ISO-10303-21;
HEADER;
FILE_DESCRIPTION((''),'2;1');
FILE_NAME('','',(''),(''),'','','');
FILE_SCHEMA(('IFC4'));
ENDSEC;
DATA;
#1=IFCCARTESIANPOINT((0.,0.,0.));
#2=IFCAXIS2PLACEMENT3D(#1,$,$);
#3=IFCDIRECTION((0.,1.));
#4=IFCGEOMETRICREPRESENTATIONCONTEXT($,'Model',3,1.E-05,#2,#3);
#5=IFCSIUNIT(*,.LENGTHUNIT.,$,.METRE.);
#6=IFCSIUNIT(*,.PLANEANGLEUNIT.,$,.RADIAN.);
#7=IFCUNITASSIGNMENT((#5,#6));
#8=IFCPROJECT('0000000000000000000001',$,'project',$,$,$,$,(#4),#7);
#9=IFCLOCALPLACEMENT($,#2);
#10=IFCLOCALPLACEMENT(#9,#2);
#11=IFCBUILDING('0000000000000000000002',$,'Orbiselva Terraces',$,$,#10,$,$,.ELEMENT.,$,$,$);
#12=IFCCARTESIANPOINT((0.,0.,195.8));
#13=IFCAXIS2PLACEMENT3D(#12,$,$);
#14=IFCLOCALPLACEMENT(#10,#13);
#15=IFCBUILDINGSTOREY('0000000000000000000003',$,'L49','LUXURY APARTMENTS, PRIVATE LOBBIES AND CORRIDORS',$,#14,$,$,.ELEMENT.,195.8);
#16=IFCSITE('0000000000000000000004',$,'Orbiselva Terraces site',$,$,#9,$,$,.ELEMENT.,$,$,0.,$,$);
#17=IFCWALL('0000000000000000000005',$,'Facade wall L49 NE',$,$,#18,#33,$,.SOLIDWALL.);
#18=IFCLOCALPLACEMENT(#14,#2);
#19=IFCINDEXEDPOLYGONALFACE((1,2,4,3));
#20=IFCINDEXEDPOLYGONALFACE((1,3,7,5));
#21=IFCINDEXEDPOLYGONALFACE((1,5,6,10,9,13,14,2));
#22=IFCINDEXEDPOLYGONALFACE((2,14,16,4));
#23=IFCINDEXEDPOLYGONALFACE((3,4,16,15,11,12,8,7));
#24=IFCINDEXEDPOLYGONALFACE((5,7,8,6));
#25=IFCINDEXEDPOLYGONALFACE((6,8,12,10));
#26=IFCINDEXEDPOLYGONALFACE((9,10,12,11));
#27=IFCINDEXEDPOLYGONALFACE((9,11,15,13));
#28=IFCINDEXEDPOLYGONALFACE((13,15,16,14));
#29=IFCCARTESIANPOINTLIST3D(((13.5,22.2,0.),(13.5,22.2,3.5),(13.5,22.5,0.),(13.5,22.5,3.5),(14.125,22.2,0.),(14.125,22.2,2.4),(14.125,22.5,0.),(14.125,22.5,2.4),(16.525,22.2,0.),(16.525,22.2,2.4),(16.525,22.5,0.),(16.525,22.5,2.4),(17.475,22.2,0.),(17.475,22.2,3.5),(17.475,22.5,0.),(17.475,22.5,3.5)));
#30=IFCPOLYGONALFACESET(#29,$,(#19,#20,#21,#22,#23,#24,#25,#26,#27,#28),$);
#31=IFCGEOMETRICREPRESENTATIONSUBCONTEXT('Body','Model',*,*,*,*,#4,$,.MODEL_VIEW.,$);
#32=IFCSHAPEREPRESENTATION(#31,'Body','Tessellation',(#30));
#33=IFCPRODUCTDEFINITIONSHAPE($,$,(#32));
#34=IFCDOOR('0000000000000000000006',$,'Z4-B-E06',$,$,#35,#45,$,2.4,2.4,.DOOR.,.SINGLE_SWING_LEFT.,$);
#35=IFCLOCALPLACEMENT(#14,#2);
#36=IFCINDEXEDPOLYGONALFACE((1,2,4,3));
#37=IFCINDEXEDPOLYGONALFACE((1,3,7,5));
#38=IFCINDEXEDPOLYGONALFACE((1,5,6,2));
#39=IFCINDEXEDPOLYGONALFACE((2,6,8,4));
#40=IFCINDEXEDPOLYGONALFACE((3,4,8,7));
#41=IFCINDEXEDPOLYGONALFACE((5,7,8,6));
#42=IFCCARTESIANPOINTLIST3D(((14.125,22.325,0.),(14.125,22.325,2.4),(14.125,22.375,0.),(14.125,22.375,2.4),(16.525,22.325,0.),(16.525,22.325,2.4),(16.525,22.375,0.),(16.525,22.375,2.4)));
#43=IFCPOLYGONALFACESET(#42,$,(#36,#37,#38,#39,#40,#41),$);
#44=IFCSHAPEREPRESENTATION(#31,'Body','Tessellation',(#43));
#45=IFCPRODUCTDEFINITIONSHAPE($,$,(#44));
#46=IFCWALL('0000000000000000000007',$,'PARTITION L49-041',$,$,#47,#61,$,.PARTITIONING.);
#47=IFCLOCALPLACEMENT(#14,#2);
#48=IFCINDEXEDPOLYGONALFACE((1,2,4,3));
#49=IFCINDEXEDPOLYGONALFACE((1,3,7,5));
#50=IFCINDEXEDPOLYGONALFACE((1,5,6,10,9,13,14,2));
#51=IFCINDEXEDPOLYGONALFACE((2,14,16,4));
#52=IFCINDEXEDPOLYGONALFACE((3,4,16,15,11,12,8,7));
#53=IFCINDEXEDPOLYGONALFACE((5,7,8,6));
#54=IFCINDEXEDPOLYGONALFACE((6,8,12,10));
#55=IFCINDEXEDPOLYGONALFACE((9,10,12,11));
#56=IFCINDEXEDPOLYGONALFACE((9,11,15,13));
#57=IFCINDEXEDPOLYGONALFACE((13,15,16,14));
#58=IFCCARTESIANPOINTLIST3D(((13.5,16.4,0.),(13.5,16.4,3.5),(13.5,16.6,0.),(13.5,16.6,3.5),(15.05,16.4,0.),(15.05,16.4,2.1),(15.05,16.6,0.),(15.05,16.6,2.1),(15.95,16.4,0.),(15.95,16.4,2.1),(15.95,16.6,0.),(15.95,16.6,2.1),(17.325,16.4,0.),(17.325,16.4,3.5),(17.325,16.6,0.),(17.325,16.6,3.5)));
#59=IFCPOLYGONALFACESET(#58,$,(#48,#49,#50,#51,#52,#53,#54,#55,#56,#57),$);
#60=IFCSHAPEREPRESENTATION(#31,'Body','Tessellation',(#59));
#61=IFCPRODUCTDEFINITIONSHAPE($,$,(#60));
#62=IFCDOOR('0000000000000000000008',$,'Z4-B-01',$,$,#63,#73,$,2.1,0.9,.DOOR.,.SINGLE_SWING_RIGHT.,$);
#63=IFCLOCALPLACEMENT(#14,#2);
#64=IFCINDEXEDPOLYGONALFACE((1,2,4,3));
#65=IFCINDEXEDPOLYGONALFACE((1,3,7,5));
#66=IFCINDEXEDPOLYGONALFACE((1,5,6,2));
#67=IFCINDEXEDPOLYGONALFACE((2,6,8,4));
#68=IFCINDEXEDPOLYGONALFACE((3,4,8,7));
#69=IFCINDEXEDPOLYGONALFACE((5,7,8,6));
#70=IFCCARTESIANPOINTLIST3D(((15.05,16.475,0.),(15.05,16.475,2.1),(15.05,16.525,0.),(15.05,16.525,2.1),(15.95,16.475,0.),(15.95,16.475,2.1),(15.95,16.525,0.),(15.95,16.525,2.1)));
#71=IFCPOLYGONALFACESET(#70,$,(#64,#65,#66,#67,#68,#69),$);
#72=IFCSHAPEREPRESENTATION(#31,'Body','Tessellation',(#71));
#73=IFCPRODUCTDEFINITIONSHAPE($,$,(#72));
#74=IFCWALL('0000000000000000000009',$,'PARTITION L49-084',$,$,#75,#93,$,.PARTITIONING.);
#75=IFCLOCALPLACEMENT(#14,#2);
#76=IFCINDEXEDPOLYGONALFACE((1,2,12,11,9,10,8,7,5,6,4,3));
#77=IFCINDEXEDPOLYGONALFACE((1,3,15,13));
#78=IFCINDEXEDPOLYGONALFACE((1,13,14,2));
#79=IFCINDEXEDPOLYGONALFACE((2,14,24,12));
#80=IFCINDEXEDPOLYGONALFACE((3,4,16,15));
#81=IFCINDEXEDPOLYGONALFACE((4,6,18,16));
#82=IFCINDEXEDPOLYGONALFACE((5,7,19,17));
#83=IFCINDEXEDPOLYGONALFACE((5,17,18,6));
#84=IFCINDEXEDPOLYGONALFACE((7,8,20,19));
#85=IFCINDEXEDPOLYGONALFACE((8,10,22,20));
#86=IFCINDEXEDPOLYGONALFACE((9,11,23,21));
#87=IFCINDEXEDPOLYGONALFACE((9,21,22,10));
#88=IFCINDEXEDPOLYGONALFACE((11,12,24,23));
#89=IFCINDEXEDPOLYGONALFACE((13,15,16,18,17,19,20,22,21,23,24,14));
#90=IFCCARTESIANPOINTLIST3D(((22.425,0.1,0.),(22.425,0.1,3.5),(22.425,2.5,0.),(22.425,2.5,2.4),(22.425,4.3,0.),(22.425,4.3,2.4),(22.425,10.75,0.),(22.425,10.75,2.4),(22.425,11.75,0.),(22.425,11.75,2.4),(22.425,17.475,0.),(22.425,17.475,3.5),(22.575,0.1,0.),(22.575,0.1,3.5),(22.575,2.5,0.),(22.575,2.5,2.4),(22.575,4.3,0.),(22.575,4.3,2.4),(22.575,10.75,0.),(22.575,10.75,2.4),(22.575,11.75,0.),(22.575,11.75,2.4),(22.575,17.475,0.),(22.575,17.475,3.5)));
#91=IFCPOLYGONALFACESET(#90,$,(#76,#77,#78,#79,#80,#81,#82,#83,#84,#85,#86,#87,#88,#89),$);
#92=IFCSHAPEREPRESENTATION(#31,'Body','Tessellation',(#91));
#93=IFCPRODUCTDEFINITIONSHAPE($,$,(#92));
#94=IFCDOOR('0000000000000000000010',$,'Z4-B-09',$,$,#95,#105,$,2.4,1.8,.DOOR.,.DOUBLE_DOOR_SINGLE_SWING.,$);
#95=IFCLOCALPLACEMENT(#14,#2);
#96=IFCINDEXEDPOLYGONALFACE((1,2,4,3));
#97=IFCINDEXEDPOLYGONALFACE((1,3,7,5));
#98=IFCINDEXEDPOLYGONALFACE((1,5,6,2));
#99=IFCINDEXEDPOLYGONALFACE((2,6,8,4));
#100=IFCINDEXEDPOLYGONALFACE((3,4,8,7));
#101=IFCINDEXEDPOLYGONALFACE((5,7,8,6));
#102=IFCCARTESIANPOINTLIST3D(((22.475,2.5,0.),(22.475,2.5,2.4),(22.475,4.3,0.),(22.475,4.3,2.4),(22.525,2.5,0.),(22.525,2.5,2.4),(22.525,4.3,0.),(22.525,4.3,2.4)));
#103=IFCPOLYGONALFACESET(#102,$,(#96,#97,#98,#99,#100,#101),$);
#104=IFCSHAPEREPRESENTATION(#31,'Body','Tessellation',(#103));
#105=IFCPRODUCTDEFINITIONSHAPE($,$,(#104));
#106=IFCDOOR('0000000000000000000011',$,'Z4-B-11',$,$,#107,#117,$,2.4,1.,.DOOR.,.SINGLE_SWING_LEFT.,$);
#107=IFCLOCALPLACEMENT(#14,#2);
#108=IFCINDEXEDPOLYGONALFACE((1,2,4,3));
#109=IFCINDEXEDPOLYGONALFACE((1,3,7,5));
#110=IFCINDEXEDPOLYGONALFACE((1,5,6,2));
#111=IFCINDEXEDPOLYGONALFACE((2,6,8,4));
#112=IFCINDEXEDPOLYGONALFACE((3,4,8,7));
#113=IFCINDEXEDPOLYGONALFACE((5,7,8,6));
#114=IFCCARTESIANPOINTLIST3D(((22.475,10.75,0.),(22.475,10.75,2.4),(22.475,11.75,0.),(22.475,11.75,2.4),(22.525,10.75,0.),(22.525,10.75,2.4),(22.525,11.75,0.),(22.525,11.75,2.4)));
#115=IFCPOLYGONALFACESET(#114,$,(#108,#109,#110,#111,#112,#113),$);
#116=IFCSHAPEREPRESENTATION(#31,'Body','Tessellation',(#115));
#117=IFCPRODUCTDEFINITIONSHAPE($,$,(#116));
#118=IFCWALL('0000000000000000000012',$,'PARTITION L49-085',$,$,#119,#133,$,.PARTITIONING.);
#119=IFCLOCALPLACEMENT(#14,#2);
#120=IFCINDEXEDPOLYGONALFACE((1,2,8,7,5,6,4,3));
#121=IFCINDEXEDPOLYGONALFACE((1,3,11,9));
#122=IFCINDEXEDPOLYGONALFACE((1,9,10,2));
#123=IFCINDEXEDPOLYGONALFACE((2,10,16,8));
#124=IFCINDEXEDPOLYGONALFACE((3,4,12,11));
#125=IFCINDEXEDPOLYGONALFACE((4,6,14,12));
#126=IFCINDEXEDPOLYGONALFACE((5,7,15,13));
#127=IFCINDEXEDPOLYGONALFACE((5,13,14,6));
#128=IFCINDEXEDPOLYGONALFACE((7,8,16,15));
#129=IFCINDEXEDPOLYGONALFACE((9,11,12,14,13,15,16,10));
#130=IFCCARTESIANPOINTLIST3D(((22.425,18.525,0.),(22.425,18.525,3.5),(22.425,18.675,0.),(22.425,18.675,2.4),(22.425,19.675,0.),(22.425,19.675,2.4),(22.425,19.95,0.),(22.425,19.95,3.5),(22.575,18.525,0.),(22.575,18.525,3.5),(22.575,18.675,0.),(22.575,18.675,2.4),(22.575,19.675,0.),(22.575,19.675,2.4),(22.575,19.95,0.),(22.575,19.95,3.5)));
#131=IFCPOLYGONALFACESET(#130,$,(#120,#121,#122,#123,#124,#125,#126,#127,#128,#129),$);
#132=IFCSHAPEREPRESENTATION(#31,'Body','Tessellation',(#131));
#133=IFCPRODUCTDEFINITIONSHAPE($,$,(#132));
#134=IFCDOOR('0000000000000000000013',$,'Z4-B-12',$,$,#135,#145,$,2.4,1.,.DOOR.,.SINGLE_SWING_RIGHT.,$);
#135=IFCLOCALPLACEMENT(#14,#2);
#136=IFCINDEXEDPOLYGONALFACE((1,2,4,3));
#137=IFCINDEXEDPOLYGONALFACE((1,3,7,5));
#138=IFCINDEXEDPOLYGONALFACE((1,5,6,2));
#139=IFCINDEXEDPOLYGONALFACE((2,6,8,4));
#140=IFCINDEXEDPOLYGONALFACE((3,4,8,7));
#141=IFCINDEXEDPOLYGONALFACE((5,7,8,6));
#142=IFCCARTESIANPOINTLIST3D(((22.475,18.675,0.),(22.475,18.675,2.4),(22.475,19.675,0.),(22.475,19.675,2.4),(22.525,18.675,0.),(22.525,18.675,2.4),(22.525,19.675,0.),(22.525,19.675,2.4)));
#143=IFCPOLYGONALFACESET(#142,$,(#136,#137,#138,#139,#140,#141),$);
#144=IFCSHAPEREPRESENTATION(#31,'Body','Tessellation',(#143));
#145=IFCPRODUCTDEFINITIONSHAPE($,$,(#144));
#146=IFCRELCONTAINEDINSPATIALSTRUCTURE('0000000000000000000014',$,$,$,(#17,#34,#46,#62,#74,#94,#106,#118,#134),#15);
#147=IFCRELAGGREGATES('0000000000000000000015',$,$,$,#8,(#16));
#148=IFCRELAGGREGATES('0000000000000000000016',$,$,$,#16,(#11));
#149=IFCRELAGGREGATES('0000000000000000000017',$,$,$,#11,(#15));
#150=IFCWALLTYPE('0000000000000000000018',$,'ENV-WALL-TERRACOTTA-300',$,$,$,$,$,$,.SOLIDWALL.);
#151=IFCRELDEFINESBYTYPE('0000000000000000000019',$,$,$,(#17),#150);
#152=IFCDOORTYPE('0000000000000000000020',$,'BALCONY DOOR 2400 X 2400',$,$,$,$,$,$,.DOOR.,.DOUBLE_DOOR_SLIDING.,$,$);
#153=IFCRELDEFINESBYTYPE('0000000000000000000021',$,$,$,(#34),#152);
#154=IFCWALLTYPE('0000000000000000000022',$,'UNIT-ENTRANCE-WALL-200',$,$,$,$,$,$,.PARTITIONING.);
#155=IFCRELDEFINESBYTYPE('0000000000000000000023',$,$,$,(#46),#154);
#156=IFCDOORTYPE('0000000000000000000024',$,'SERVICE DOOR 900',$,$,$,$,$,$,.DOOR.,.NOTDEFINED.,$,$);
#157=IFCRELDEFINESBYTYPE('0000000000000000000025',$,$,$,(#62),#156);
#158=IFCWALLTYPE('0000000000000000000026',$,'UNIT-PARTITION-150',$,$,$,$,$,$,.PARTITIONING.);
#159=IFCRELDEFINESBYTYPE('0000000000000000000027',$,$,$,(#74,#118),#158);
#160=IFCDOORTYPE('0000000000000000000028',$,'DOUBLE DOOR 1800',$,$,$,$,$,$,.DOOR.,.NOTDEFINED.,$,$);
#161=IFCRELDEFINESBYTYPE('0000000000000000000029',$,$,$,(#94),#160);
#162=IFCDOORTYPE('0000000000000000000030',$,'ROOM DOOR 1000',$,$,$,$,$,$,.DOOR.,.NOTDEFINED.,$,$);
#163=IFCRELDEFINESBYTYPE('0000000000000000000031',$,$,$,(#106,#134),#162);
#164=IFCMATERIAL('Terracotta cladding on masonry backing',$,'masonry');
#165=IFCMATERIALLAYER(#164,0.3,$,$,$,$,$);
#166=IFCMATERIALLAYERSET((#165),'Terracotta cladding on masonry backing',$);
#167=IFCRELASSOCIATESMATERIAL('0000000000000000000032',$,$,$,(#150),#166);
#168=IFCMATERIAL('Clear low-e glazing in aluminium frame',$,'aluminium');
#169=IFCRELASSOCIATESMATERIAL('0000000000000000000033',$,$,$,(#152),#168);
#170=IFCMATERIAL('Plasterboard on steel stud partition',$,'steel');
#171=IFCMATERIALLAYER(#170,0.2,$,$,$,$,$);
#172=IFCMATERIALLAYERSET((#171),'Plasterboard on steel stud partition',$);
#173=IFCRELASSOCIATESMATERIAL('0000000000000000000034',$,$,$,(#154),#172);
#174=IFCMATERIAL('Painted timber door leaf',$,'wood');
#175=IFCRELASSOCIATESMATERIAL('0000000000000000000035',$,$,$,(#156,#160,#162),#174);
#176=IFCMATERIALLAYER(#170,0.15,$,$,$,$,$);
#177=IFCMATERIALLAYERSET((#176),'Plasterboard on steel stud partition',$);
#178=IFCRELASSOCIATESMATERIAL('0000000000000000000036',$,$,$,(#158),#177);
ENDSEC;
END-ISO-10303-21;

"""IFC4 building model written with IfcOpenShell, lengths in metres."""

from ifc_helpers import new_model, si_unit, direction, frame, frame_2d, origin, place, context, subcontext, project, spatial, rectangle, extrude, material, layer, layer_set, type_object, element, fill, save


model = new_model("IFC4")

# Units and contexts
model_context = context("Model", 3, precision=1e-05, world=origin(), true_north=direction((0.0, 1.0)))
body_context = subcontext(model_context, "Body", "Model", "MODEL_VIEW")
ifc_project = project(units=[si_unit("LENGTHUNIT", "METRE"), si_unit("PLANEANGLEUNIT", "RADIAN")], contexts=[model_context])

# Site, building, storey
site_placement = place(None, origin())
site = spatial("IfcSite", under=ifc_project, at=site_placement, Name="Orbiselva Terraces site", CompositionType="ELEMENT", RefElevation=0.0)
building_placement = place(site_placement, origin())
building = spatial("IfcBuilding", under=site, at=building_placement, Name="Orbiselva Terraces", CompositionType="ELEMENT")
storey_placement = place(building_placement, frame((0.0, 0.0, 195.8)))
storey = spatial("IfcBuildingStorey", under=building, at=storey_placement, Name="L49", Description="LUXURY APARTMENTS, PRIVATE LOBBIES AND CORRIDORS", CompositionType="ELEMENT", Elevation=195.8)

# Shared definitions
ifc_material_1 = material(Name="Terracotta cladding on masonry backing", Category="masonry")
ifc_layer_1 = layer(ifc_material_1, 0.3)
ifc_layer_set_1 = layer_set([ifc_layer_1], Name="Terracotta cladding on masonry backing")
wall_type_1 = type_object("IfcWallType", Name="ENV-WALL-TERRACOTTA-300", PredefinedType="SOLIDWALL", material=ifc_layer_set_1)
ifc_material_2 = material(Name="Clear low-e glazing in aluminium frame", Category="aluminium")

# Walls, openings, doors
wall_1_placement = place(storey_placement, frame((13.5, 22.35, 0.0), z_axis=(0.0, 0.0, 1.0), x_axis=(1.0, 0.0, 0.0)))
wall_1 = element("IfcWall", 1, at=wall_1_placement, inside=storey, type_object=wall_type_1, Name="Facade wall L49 NE", PredefinedType="SOLIDWALL", context=body_context, shape_type="SweptSolid", body=[
    extrude(rectangle(XDim=3.975, YDim=0.3, at=frame_2d((1.9875, 0.0))), origin(), (0.0, 0.0, 1.0), 3.5),
])
opening_1_placement = place(wall_1_placement, frame((0.625, 0.0, 0.0)))
opening_1 = element("IfcOpeningElement", 2, at=opening_1_placement, cuts=wall_1, PredefinedType="OPENING", context=body_context, shape_type="SweptSolid", body=[
    extrude(rectangle(XDim=2.4, YDim=2.4, at=frame_2d((1.2, 1.2))), frame((0.0, 0.16, 0.0), z_axis=(0.0, -1.0, 0.0), x_axis=(1.0, 0.0, 0.0)), (0.0, 0.0, 1.0), 0.32),
])
door_type_1 = type_object("IfcDoorType", Name="BALCONY DOOR 2400 X 2400", OperationType="DOUBLE_DOOR_SLIDING", PredefinedType="DOOR", material=ifc_material_2)
door_1_placement = place(opening_1_placement, origin())
door_1 = element("IfcDoor", 3, at=door_1_placement, inside=storey, type_object=door_type_1, Name="Z4-B-E06", OperationType="SINGLE_SWING_LEFT", OverallHeight=2.4, OverallWidth=2.4, PredefinedType="DOOR", context=body_context, shape_type="SweptSolid", body=[
    extrude(rectangle(XDim=2.4, YDim=2.4, at=frame_2d((1.2, 1.2))), frame((0.0, 0.025, 0.0), z_axis=(0.0, -1.0, 0.0), x_axis=(1.0, 0.0, 0.0)), (0.0, 0.0, 1.0), 0.05),
])
fill(opening_1, door_1)
ifc_material_3 = material(Name="Plasterboard on steel stud partition", Category="steel")
ifc_layer_2 = layer(ifc_material_3, 0.2)
ifc_layer_set_2 = layer_set([ifc_layer_2], Name="Plasterboard on steel stud partition")
wall_type_2 = type_object("IfcWallType", Name="UNIT-ENTRANCE-WALL-200", PredefinedType="PARTITIONING", material=ifc_layer_set_2)
wall_2_placement = place(storey_placement, frame((13.5, 16.5, 0.0), z_axis=(0.0, 0.0, 1.0), x_axis=(1.0, 0.0, 0.0)))
wall_2 = element("IfcWall", 4, at=wall_2_placement, inside=storey, type_object=wall_type_2, Name="PARTITION L49-041", PredefinedType="PARTITIONING", context=body_context, shape_type="SweptSolid", body=[
    extrude(rectangle(XDim=3.825, YDim=0.2, at=frame_2d((1.9125, 0.0))), origin(), (0.0, 0.0, 1.0), 3.5),
])
opening_2_placement = place(wall_2_placement, frame((1.55, 0.0, 0.0)))
opening_2 = element("IfcOpeningElement", 5, at=opening_2_placement, cuts=wall_2, PredefinedType="OPENING", context=body_context, shape_type="SweptSolid", body=[
    extrude(rectangle(XDim=0.9, YDim=2.1, at=frame_2d((0.45, 1.05))), frame((0.0, 0.11, 0.0), z_axis=(0.0, -1.0, 0.0), x_axis=(1.0, 0.0, 0.0)), (0.0, 0.0, 1.0), 0.22),
])
ifc_material_4 = material(Name="Painted timber door leaf", Category="wood")
door_type_2 = type_object("IfcDoorType", Name="SERVICE DOOR 900", OperationType="NOTDEFINED", PredefinedType="DOOR", material=ifc_material_4)
door_2_placement = place(opening_2_placement, origin())
door_2 = element("IfcDoor", 6, at=door_2_placement, inside=storey, type_object=door_type_2, Name="Z4-B-01", OperationType="SINGLE_SWING_RIGHT", OverallHeight=2.1, OverallWidth=0.9, PredefinedType="DOOR", context=body_context, shape_type="SweptSolid", body=[
    extrude(rectangle(XDim=0.9, YDim=2.1, at=frame_2d((0.45, 1.05))), frame((0.0, 0.025, 0.0), z_axis=(0.0, -1.0, 0.0), x_axis=(1.0, 0.0, 0.0)), (0.0, 0.0, 1.0), 0.05),
])
fill(opening_2, door_2)

# Wall, openings, doors
ifc_layer_3 = layer(ifc_material_3, 0.15)
ifc_layer_set_3 = layer_set([ifc_layer_3], Name="Plasterboard on steel stud partition")
wall_type_3 = type_object("IfcWallType", Name="UNIT-PARTITION-150", PredefinedType="PARTITIONING", material=ifc_layer_set_3)
wall_3_placement = place(storey_placement, frame((22.5, 17.475, 0.0), z_axis=(0.0, 0.0, 1.0), x_axis=(0.0, -1.0, 0.0)))
wall_3 = element("IfcWall", 7, at=wall_3_placement, inside=storey, type_object=wall_type_3, Name="PARTITION L49-084", PredefinedType="PARTITIONING", context=body_context, shape_type="SweptSolid", body=[
    extrude(rectangle(XDim=17.375, YDim=0.15, at=frame_2d((8.6875, 0.0))), origin(), (0.0, 0.0, 1.0), 3.5),
])
opening_3_placement = place(wall_3_placement, frame((13.175, 0.0, 0.0)))
opening_3 = element("IfcOpeningElement", 8, at=opening_3_placement, cuts=wall_3, PredefinedType="OPENING", context=body_context, shape_type="SweptSolid", body=[
    extrude(rectangle(XDim=1.8, YDim=2.4, at=frame_2d((0.9, 1.2))), frame((0.0, 0.085, 0.0), z_axis=(0.0, -1.0, 0.0), x_axis=(1.0, 0.0, 0.0)), (0.0, 0.0, 1.0), 0.17),
])
opening_4_placement = place(wall_3_placement, frame((5.725, 0.0, 0.0)))
opening_4 = element("IfcOpeningElement", 9, at=opening_4_placement, cuts=wall_3, PredefinedType="OPENING", context=body_context, shape_type="SweptSolid", body=[
    extrude(rectangle(XDim=1.0, YDim=2.4, at=frame_2d((0.5, 1.2))), frame((0.0, 0.085, 0.0), z_axis=(0.0, -1.0, 0.0), x_axis=(1.0, 0.0, 0.0)), (0.0, 0.0, 1.0), 0.17),
])
door_type_3 = type_object("IfcDoorType", Name="DOUBLE DOOR 1800", OperationType="NOTDEFINED", PredefinedType="DOOR", material=ifc_material_4)
door_3_placement = place(opening_3_placement, origin())
door_3 = element("IfcDoor", 10, at=door_3_placement, inside=storey, type_object=door_type_3, Name="Z4-B-09", OperationType="DOUBLE_DOOR_SINGLE_SWING", OverallHeight=2.4, OverallWidth=1.8, PredefinedType="DOOR", context=body_context, shape_type="SweptSolid", body=[
    extrude(rectangle(XDim=1.8, YDim=2.4, at=frame_2d((0.9, 1.2))), frame((0.0, 0.025, 0.0), z_axis=(0.0, -1.0, 0.0), x_axis=(1.0, 0.0, 0.0)), (0.0, 0.0, 1.0), 0.05),
])
fill(opening_3, door_3)
door_type_4 = type_object("IfcDoorType", Name="ROOM DOOR 1000", OperationType="NOTDEFINED", PredefinedType="DOOR", material=ifc_material_4)
door_4_placement = place(opening_4_placement, origin())
door_4 = element("IfcDoor", 11, at=door_4_placement, inside=storey, type_object=door_type_4, Name="Z4-B-11", OperationType="SINGLE_SWING_LEFT", OverallHeight=2.4, OverallWidth=1.0, PredefinedType="DOOR", context=body_context, shape_type="SweptSolid", body=[
    extrude(rectangle(XDim=1.0, YDim=2.4, at=frame_2d((0.5, 1.2))), frame((0.0, 0.025, 0.0), z_axis=(0.0, -1.0, 0.0), x_axis=(1.0, 0.0, 0.0)), (0.0, 0.0, 1.0), 0.05),
])
fill(opening_4, door_4)

# Wall, opening, door
wall_4_placement = place(storey_placement, frame((22.5, 19.95, 0.0), z_axis=(0.0, 0.0, 1.0), x_axis=(0.0, -1.0, 0.0)))
wall_4 = element("IfcWall", 12, at=wall_4_placement, inside=storey, type_object=wall_type_3, Name="PARTITION L49-085", PredefinedType="PARTITIONING", context=body_context, shape_type="SweptSolid", body=[
    extrude(rectangle(XDim=1.425, YDim=0.15, at=frame_2d((0.7125, 0.0))), origin(), (0.0, 0.0, 1.0), 3.5),
])
opening_5_placement = place(wall_4_placement, frame((0.275, 0.0, 0.0)))
opening_5 = element("IfcOpeningElement", 13, at=opening_5_placement, cuts=wall_4, PredefinedType="OPENING", context=body_context, shape_type="SweptSolid", body=[
    extrude(rectangle(XDim=1.0, YDim=2.4, at=frame_2d((0.5, 1.2))), frame((0.0, 0.085, 0.0), z_axis=(0.0, -1.0, 0.0), x_axis=(1.0, 0.0, 0.0)), (0.0, 0.0, 1.0), 0.17),
])
door_5_placement = place(opening_5_placement, origin())
door_5 = element("IfcDoor", 14, at=door_5_placement, inside=storey, type_object=door_type_4, Name="Z4-B-12", OperationType="SINGLE_SWING_RIGHT", OverallHeight=2.4, OverallWidth=1.0, PredefinedType="DOOR", context=body_context, shape_type="SweptSolid", body=[
    extrude(rectangle(XDim=1.0, YDim=2.4, at=frame_2d((0.5, 1.2))), frame((0.0, 0.025, 0.0), z_axis=(0.0, -1.0, 0.0), x_axis=(1.0, 0.0, 0.0)), (0.0, 0.0, 1.0), 0.05),
])
fill(opening_5, door_5)

save(model, "model.ifc")
